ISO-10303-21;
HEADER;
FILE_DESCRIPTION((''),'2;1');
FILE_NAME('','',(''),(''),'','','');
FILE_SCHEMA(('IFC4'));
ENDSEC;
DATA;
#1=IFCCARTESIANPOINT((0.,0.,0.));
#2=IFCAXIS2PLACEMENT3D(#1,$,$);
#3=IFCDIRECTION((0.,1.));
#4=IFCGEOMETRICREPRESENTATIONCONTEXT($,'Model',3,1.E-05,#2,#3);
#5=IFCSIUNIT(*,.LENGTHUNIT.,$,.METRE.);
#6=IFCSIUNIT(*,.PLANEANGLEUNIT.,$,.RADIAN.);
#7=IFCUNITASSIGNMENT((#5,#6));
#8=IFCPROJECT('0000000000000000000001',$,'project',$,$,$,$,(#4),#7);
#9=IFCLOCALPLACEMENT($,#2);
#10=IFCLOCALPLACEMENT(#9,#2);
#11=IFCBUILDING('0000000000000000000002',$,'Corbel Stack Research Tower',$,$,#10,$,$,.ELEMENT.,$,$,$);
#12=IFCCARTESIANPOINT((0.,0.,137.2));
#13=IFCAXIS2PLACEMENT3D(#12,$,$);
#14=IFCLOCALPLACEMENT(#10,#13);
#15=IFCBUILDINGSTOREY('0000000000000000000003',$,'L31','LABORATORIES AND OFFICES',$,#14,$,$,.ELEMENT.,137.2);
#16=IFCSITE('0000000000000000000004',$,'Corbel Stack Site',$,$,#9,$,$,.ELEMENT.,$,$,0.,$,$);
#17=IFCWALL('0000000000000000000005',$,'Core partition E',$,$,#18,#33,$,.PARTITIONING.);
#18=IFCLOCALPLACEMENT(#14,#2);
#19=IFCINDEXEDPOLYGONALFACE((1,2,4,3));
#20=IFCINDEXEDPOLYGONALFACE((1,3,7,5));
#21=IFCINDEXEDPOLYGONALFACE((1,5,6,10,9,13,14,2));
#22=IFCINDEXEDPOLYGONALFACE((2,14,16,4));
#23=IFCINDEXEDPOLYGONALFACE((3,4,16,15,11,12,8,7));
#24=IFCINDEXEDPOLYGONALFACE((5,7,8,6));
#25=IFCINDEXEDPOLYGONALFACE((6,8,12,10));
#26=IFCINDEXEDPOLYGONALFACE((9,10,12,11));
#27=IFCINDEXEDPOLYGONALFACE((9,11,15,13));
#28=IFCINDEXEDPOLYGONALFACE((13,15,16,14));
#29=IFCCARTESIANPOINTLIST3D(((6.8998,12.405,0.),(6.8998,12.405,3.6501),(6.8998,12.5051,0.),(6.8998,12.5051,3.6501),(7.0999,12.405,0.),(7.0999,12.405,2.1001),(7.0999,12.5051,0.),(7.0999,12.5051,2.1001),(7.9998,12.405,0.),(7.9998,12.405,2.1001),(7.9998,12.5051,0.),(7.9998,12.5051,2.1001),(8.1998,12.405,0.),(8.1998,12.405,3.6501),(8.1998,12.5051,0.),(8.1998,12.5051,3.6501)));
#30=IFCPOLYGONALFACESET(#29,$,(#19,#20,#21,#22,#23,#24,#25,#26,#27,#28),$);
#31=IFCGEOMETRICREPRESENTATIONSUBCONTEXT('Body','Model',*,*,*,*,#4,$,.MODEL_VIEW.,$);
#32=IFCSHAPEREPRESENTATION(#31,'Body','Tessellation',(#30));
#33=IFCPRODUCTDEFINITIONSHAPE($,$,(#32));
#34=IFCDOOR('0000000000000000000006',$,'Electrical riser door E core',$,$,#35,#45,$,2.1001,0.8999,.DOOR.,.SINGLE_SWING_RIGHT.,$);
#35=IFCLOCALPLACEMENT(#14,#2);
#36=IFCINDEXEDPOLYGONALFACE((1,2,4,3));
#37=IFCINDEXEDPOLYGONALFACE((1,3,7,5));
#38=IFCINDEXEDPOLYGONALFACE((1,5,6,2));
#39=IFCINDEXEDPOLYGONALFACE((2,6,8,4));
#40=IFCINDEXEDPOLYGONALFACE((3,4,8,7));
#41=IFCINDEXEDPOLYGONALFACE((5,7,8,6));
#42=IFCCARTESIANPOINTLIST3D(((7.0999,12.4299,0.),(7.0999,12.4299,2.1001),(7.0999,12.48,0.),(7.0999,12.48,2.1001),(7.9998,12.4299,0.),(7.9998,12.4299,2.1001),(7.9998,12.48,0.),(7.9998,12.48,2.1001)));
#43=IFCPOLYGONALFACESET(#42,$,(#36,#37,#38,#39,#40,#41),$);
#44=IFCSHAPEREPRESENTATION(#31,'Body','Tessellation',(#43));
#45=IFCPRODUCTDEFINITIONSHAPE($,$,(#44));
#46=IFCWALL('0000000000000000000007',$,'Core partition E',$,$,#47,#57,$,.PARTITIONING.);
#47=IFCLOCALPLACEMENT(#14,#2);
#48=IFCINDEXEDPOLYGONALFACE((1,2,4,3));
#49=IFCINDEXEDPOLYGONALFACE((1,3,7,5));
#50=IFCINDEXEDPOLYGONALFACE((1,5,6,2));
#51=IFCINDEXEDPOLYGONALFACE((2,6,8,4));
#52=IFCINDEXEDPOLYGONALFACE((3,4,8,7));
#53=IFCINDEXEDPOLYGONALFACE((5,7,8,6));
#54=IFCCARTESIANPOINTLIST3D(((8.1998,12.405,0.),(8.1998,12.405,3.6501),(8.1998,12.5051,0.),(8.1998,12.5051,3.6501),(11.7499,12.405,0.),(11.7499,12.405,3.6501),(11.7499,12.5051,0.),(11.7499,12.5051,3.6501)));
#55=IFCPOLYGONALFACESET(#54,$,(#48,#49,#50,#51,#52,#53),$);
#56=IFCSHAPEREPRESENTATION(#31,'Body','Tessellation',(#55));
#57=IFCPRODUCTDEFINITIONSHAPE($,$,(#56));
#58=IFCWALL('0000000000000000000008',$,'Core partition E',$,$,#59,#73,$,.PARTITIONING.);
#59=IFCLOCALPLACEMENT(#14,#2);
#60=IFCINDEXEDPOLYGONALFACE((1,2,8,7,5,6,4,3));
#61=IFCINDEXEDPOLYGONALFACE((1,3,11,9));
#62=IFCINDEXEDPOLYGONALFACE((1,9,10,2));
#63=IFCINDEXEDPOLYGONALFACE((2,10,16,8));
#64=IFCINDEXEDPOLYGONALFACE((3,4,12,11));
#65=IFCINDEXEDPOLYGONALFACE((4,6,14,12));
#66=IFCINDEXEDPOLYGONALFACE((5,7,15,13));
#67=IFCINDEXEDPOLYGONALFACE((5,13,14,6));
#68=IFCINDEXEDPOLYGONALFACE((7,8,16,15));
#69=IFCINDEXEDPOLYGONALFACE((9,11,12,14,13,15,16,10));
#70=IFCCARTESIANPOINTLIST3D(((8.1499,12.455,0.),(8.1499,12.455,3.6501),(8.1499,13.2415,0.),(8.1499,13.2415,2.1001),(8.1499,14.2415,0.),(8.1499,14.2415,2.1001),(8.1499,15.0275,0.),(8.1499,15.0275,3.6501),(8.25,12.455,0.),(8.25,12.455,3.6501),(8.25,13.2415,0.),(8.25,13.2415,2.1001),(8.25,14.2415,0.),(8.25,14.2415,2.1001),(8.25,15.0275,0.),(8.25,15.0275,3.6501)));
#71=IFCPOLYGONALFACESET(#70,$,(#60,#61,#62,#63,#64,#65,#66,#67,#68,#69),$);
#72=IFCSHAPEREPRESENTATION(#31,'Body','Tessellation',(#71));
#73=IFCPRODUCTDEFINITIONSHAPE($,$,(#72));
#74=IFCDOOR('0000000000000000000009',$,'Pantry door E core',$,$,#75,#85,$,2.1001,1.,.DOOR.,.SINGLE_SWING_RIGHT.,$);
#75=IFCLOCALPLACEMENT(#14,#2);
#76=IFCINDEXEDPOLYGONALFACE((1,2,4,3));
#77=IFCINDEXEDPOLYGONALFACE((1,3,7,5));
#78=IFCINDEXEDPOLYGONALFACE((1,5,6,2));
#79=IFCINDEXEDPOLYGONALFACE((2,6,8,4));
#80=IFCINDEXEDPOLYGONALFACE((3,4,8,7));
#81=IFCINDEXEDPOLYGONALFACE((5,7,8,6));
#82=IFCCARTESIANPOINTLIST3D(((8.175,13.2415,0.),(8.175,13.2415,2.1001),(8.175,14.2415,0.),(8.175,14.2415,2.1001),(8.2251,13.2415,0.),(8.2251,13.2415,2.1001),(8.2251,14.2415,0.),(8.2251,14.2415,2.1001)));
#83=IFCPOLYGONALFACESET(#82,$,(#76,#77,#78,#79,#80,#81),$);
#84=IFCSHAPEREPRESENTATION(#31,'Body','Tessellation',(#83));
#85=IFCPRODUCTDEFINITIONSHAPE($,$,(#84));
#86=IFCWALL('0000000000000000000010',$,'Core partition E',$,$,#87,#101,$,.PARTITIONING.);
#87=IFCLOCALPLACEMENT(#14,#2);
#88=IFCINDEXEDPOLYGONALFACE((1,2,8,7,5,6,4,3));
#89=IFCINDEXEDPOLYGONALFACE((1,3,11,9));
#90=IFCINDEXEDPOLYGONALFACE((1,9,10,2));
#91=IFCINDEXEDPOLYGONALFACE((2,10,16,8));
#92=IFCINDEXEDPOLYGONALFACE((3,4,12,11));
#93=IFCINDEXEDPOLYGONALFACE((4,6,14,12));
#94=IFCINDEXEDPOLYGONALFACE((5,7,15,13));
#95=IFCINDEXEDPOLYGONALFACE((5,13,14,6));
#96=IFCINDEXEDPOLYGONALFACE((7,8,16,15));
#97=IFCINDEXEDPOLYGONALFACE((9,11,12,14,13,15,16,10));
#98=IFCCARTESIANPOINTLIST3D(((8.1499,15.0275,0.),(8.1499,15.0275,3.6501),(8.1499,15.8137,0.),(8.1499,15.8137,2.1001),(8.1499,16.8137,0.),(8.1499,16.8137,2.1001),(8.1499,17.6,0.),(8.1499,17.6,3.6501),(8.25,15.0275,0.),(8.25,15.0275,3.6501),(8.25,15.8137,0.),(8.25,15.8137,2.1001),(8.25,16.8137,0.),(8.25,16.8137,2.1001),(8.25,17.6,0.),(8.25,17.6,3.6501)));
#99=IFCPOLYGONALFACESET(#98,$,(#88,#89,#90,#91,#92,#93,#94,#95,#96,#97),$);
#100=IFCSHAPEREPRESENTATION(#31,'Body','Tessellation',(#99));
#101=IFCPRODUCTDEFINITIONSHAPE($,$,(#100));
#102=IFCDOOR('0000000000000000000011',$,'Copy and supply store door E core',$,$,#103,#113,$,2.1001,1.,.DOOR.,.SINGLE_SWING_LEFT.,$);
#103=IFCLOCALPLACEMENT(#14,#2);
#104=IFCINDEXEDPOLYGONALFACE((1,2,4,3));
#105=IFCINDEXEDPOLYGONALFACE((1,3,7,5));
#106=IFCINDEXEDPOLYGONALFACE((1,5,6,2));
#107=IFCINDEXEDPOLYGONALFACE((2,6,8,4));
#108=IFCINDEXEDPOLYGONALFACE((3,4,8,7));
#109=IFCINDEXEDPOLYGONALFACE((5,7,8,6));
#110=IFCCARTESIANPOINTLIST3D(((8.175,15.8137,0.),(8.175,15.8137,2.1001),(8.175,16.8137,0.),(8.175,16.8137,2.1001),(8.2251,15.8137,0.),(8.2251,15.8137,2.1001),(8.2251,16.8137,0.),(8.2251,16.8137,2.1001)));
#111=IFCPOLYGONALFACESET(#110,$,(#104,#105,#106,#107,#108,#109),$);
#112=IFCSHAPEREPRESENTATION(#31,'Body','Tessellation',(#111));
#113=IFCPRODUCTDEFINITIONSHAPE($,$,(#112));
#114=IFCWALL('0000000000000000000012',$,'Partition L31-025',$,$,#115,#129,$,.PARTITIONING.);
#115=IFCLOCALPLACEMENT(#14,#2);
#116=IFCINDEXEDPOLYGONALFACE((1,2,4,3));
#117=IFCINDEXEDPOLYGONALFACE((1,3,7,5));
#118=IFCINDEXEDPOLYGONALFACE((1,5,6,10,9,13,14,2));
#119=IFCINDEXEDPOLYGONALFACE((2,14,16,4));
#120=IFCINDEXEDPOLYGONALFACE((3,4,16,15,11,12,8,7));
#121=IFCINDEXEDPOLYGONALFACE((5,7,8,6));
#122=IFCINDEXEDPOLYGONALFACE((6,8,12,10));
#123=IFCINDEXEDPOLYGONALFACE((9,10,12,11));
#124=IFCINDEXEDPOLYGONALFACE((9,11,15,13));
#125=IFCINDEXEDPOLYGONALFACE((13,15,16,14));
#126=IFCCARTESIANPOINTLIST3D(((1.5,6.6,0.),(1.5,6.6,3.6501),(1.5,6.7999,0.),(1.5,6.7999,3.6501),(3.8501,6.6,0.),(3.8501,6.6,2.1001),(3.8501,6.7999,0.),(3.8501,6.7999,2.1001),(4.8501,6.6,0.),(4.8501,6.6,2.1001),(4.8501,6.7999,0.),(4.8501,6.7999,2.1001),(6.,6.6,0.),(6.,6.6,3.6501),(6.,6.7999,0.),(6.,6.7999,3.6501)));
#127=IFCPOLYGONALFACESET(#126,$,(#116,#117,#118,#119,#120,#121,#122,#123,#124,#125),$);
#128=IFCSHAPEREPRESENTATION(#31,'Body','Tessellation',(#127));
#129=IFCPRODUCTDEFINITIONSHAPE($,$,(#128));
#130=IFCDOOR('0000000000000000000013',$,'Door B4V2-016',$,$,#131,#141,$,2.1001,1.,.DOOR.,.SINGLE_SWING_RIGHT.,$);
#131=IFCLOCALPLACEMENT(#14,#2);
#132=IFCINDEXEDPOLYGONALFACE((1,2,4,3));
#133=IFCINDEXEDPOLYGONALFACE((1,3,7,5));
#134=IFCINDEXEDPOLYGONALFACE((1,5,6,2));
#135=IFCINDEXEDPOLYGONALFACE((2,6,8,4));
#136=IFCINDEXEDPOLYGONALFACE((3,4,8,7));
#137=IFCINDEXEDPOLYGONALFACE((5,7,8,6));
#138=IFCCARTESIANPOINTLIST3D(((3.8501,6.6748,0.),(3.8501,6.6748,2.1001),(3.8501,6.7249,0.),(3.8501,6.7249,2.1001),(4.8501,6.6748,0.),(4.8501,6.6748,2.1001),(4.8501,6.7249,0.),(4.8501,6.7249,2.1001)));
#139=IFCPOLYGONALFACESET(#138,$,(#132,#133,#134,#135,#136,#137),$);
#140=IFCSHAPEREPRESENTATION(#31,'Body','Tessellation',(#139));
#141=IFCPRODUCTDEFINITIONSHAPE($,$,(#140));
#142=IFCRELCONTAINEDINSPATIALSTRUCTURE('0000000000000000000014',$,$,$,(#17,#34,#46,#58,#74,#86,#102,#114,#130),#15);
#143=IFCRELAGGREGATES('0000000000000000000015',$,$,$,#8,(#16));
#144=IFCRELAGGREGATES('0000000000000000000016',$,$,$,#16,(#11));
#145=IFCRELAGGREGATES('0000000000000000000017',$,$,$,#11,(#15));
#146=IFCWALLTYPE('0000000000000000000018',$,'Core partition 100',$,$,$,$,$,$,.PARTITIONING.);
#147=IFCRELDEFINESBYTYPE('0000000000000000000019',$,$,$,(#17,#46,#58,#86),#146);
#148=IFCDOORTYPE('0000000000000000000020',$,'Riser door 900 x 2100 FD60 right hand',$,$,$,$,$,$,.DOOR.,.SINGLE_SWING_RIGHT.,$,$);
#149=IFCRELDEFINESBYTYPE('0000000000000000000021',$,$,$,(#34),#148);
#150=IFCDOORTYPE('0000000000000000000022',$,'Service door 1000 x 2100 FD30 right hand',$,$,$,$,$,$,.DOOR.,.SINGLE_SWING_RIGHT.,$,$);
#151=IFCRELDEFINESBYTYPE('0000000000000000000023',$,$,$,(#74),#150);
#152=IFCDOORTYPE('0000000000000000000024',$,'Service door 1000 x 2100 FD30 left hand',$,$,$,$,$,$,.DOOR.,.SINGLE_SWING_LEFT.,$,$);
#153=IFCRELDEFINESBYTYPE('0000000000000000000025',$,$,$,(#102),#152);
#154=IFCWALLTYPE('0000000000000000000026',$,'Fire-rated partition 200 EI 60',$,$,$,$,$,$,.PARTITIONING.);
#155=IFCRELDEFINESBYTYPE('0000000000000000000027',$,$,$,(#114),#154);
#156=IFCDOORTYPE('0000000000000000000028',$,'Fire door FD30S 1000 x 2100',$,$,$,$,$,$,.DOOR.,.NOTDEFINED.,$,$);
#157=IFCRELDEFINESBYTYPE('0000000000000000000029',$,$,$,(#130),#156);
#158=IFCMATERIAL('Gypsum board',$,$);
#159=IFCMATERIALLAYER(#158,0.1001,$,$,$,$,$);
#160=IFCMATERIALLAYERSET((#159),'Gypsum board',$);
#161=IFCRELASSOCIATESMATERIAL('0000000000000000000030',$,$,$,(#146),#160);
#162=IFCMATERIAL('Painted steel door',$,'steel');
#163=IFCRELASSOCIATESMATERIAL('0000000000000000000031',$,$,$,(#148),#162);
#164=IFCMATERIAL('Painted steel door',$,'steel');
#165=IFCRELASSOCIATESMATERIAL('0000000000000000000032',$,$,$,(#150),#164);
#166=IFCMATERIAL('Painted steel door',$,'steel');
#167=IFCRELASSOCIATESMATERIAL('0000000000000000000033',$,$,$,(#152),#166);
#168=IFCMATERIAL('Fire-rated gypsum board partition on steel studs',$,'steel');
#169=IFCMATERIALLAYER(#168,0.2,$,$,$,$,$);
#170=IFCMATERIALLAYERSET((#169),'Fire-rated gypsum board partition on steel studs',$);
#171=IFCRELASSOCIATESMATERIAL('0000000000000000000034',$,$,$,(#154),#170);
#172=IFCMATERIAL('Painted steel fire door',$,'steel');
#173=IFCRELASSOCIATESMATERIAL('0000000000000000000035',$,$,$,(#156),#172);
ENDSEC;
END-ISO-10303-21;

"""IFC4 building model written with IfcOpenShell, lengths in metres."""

from ifc_helpers import new_model, si_unit, direction, frame, frame_2d, origin, place, context, subcontext, project, spatial, rectangle, extrude, material, layer, layer_set, type_object, element, fill, save


model = new_model("IFC4")

# Units and contexts
model_context = context("Model", 3, precision=1e-05, world=origin(), true_north=direction((0.0, 1.0)))
body_context = subcontext(model_context, "Body", "Model", "MODEL_VIEW")
ifc_project = project(units=[si_unit("LENGTHUNIT", "METRE"), si_unit("PLANEANGLEUNIT", "RADIAN")], contexts=[model_context])

# Site, building, storey
site_placement = place(None, origin())
site = spatial("IfcSite", under=ifc_project, at=site_placement, Name="Corbel Stack Site", CompositionType="ELEMENT", RefElevation=0.0)
building_placement = place(site_placement, origin())
building = spatial("IfcBuilding", under=site, at=building_placement, Name="Corbel Stack Research Tower", CompositionType="ELEMENT")
storey_placement = place(building_placement, frame((0.0, 0.0, 137.2)))
storey = spatial("IfcBuildingStorey", under=building, at=storey_placement, Name="L31", Description="LABORATORIES AND OFFICES", CompositionType="ELEMENT", Elevation=137.2)

# Wall, opening, door
ifc_material_1 = material(Name="Gypsum board")
ifc_layer_1 = layer(ifc_material_1, 0.1001)
ifc_layer_set_1 = layer_set([ifc_layer_1], Name="Gypsum board")
wall_type_1 = type_object("IfcWallType", Name="Core partition 100", PredefinedType="PARTITIONING", material=ifc_layer_set_1)
wall_1_placement = place(storey_placement, frame((6.8999, 12.4551, 0.0), z_axis=(0.0, 0.0, 1.0), x_axis=(1.0, 0.0, 0.0)))
wall_1 = element("IfcWall", 1, at=wall_1_placement, inside=storey, type_object=wall_type_1, Name="Core partition E", PredefinedType="PARTITIONING", context=body_context, shape_type="SweptSolid", body=[
    extrude(rectangle(XDim=1.3, YDim=0.1001, at=frame_2d((0.6499, 0.0))), origin(), (0.0, 0.0, 1.0), 3.6501),
])
opening_1_placement = place(wall_1_placement, frame((0.2, 0.0, 0.0)))
opening_1 = element("IfcOpeningElement", 2, at=opening_1_placement, cuts=wall_1, PredefinedType="OPENING", context=body_context, shape_type="SweptSolid", body=[
    extrude(rectangle(XDim=0.8999, YDim=2.1001, at=frame_2d((0.45, 1.05))), frame((0.0, 0.0601, 0.0), z_axis=(0.0, -1.0, 0.0), x_axis=(1.0, 0.0, 0.0)), (0.0, 0.0, 1.0), 0.1201),
])
ifc_material_2 = material(Name="Painted steel door", Category="steel")
door_type_1 = type_object("IfcDoorType", Name="Riser door 900 x 2100 FD60 right hand", OperationType="SINGLE_SWING_RIGHT", PredefinedType="DOOR", material=ifc_material_2)
door_1_placement = place(opening_1_placement, origin())
door_1 = element("IfcDoor", 3, at=door_1_placement, inside=storey, type_object=door_type_1, Name="Electrical riser door E core", OperationType="SINGLE_SWING_RIGHT", OverallHeight=2.1001, OverallWidth=0.8999, PredefinedType="DOOR", context=body_context, shape_type="SweptSolid", body=[
    extrude(rectangle(XDim=0.8999, YDim=2.1001, at=frame_2d((0.45, 1.05))), frame((0.0, 0.0249, 0.0), z_axis=(0.0, -1.0, 0.0), x_axis=(1.0, 0.0, 0.0)), (0.0, 0.0, 1.0), 0.05),
])
fill(opening_1, door_1)

# Wall
wall_2_placement = place(storey_placement, frame((8.2, 12.4551, 0.0), z_axis=(0.0, 0.0, 1.0), x_axis=(1.0, 0.0, 0.0)))
element("IfcWall", 4, at=wall_2_placement, inside=storey, type_object=wall_type_1, Name="Core partition E", PredefinedType="PARTITIONING", context=body_context, shape_type="SweptSolid", body=[
    extrude(rectangle(XDim=3.55, YDim=0.1001, at=frame_2d((1.7749, 0.0))), origin(), (0.0, 0.0, 1.0), 3.6501),
])

# Walls, openings, doors
wall_3_placement = place(storey_placement, frame((8.2, 12.4551, 0.0), z_axis=(0.0, 0.0, 1.0), x_axis=(0.0, 1.0, 0.0)))
wall_3 = element("IfcWall", 5, at=wall_3_placement, inside=storey, type_object=wall_type_1, Name="Core partition E", PredefinedType="PARTITIONING", context=body_context, shape_type="SweptSolid", body=[
    extrude(rectangle(XDim=2.5725, YDim=0.1001, at=frame_2d((1.2861, 0.0))), origin(), (0.0, 0.0, 1.0), 3.6501),
])
opening_2_placement = place(wall_3_placement, frame((0.7864, 0.0, 0.0)))
opening_2 = element("IfcOpeningElement", 6, at=opening_2_placement, cuts=wall_3, PredefinedType="OPENING", context=body_context, shape_type="SweptSolid", body=[
    extrude(rectangle(XDim=1.0, YDim=2.1001, at=frame_2d((0.5, 1.05))), frame((0.0, 0.0601, 0.0), z_axis=(0.0, -1.0, 0.0), x_axis=(1.0, 0.0, 0.0)), (0.0, 0.0, 1.0), 0.1201),
])
ifc_material_3 = material(Name="Painted steel door", Category="steel")
door_type_2 = type_object("IfcDoorType", Name="Service door 1000 x 2100 FD30 right hand", OperationType="SINGLE_SWING_RIGHT", PredefinedType="DOOR", material=ifc_material_3)
door_2_placement = place(opening_2_placement, origin())
door_2 = element("IfcDoor", 7, at=door_2_placement, inside=storey, type_object=door_type_2, Name="Pantry door E core", OperationType="SINGLE_SWING_RIGHT", OverallHeight=2.1001, OverallWidth=1.0, PredefinedType="DOOR", context=body_context, shape_type="SweptSolid", body=[
    extrude(rectangle(XDim=1.0, YDim=2.1001, at=frame_2d((0.5, 1.05))), frame((0.0, 0.0249, 0.0), z_axis=(0.0, -1.0, 0.0), x_axis=(1.0, 0.0, 0.0)), (0.0, 0.0, 1.0), 0.05),
])
fill(opening_2, door_2)
wall_4_placement = place(storey_placement, frame((8.2, 15.0276, 0.0), z_axis=(0.0, 0.0, 1.0), x_axis=(0.0, 1.0, 0.0)))
wall_4 = element("IfcWall", 8, at=wall_4_placement, inside=storey, type_object=wall_type_1, Name="Core partition E", PredefinedType="PARTITIONING", context=body_context, shape_type="SweptSolid", body=[
    extrude(rectangle(XDim=2.5725, YDim=0.1001, at=frame_2d((1.2861, 0.0))), origin(), (0.0, 0.0, 1.0), 3.6501),
])
opening_3_placement = place(wall_4_placement, frame((0.7861, 0.0, 0.0)))
opening_3 = element("IfcOpeningElement", 9, at=opening_3_placement, cuts=wall_4, PredefinedType="OPENING", context=body_context, shape_type="SweptSolid", body=[
    extrude(rectangle(XDim=1.0, YDim=2.1001, at=frame_2d((0.5, 1.05))), frame((0.0, 0.0601, 0.0), z_axis=(0.0, -1.0, 0.0), x_axis=(1.0, 0.0, 0.0)), (0.0, 0.0, 1.0), 0.1201),
])
ifc_material_4 = material(Name="Painted steel door", Category="steel")
door_type_3 = type_object("IfcDoorType", Name="Service door 1000 x 2100 FD30 left hand", OperationType="SINGLE_SWING_LEFT", PredefinedType="DOOR", material=ifc_material_4)
door_3_placement = place(opening_3_placement, origin())
door_3 = element("IfcDoor", 10, at=door_3_placement, inside=storey, type_object=door_type_3, Name="Copy and supply store door E core", OperationType="SINGLE_SWING_LEFT", OverallHeight=2.1001, OverallWidth=1.0, PredefinedType="DOOR", context=body_context, shape_type="SweptSolid", body=[
    extrude(rectangle(XDim=1.0, YDim=2.1001, at=frame_2d((0.5, 1.05))), frame((0.0, 0.0249, 0.0), z_axis=(0.0, -1.0, 0.0), x_axis=(1.0, 0.0, 0.0)), (0.0, 0.0, 1.0), 0.05),
])
fill(opening_3, door_3)
ifc_material_5 = material(Name="Fire-rated gypsum board partition on steel studs", Category="steel")
ifc_layer_2 = layer(ifc_material_5, 0.2)
ifc_layer_set_2 = layer_set([ifc_layer_2], Name="Fire-rated gypsum board partition on steel studs")
wall_type_2 = type_object("IfcWallType", Name="Fire-rated partition 200 EI 60", PredefinedType="PARTITIONING", material=ifc_layer_set_2)
wall_5_placement = place(storey_placement, frame((1.5, 6.7, 0.0), z_axis=(0.0, 0.0, 1.0), x_axis=(1.0, 0.0, 0.0)))
wall_5 = element("IfcWall", 11, at=wall_5_placement, inside=storey, type_object=wall_type_2, Name="Partition L31-025", PredefinedType="PARTITIONING", context=body_context, shape_type="SweptSolid", body=[
    extrude(rectangle(XDim=4.5, YDim=0.2, at=frame_2d((2.25, 0.0))), origin(), (0.0, 0.0, 1.0), 3.6501),
])
opening_4_placement = place(wall_5_placement, frame((2.3501, 0.0, 0.0)))
opening_4 = element("IfcOpeningElement", 12, at=opening_4_placement, cuts=wall_5, PredefinedType="OPENING", context=body_context, shape_type="SweptSolid", body=[
    extrude(rectangle(XDim=1.0, YDim=2.1001, at=frame_2d((0.5, 1.05))), frame((0.0, 0.1099, 0.0), z_axis=(0.0, -1.0, 0.0), x_axis=(1.0, 0.0, 0.0)), (0.0, 0.0, 1.0), 0.22),
])
ifc_material_6 = material(Name="Painted steel fire door", Category="steel")
door_type_4 = type_object("IfcDoorType", Name="Fire door FD30S 1000 x 2100", OperationType="NOTDEFINED", PredefinedType="DOOR", material=ifc_material_6)
door_4_placement = place(opening_4_placement, origin())
door_4 = element("IfcDoor", 13, at=door_4_placement, inside=storey, type_object=door_type_4, Name="Door B4V2-016", OperationType="SINGLE_SWING_RIGHT", OverallHeight=2.1001, OverallWidth=1.0, PredefinedType="DOOR", context=body_context, shape_type="SweptSolid", body=[
    extrude(rectangle(XDim=1.0, YDim=2.1001, at=frame_2d((0.5, 1.05))), frame((0.0, 0.0249, 0.0), z_axis=(0.0, -1.0, 0.0), x_axis=(1.0, 0.0, 0.0)), (0.0, 0.0, 1.0), 0.05),
])
fill(opening_4, door_4)

save(model, "model.ifc")
